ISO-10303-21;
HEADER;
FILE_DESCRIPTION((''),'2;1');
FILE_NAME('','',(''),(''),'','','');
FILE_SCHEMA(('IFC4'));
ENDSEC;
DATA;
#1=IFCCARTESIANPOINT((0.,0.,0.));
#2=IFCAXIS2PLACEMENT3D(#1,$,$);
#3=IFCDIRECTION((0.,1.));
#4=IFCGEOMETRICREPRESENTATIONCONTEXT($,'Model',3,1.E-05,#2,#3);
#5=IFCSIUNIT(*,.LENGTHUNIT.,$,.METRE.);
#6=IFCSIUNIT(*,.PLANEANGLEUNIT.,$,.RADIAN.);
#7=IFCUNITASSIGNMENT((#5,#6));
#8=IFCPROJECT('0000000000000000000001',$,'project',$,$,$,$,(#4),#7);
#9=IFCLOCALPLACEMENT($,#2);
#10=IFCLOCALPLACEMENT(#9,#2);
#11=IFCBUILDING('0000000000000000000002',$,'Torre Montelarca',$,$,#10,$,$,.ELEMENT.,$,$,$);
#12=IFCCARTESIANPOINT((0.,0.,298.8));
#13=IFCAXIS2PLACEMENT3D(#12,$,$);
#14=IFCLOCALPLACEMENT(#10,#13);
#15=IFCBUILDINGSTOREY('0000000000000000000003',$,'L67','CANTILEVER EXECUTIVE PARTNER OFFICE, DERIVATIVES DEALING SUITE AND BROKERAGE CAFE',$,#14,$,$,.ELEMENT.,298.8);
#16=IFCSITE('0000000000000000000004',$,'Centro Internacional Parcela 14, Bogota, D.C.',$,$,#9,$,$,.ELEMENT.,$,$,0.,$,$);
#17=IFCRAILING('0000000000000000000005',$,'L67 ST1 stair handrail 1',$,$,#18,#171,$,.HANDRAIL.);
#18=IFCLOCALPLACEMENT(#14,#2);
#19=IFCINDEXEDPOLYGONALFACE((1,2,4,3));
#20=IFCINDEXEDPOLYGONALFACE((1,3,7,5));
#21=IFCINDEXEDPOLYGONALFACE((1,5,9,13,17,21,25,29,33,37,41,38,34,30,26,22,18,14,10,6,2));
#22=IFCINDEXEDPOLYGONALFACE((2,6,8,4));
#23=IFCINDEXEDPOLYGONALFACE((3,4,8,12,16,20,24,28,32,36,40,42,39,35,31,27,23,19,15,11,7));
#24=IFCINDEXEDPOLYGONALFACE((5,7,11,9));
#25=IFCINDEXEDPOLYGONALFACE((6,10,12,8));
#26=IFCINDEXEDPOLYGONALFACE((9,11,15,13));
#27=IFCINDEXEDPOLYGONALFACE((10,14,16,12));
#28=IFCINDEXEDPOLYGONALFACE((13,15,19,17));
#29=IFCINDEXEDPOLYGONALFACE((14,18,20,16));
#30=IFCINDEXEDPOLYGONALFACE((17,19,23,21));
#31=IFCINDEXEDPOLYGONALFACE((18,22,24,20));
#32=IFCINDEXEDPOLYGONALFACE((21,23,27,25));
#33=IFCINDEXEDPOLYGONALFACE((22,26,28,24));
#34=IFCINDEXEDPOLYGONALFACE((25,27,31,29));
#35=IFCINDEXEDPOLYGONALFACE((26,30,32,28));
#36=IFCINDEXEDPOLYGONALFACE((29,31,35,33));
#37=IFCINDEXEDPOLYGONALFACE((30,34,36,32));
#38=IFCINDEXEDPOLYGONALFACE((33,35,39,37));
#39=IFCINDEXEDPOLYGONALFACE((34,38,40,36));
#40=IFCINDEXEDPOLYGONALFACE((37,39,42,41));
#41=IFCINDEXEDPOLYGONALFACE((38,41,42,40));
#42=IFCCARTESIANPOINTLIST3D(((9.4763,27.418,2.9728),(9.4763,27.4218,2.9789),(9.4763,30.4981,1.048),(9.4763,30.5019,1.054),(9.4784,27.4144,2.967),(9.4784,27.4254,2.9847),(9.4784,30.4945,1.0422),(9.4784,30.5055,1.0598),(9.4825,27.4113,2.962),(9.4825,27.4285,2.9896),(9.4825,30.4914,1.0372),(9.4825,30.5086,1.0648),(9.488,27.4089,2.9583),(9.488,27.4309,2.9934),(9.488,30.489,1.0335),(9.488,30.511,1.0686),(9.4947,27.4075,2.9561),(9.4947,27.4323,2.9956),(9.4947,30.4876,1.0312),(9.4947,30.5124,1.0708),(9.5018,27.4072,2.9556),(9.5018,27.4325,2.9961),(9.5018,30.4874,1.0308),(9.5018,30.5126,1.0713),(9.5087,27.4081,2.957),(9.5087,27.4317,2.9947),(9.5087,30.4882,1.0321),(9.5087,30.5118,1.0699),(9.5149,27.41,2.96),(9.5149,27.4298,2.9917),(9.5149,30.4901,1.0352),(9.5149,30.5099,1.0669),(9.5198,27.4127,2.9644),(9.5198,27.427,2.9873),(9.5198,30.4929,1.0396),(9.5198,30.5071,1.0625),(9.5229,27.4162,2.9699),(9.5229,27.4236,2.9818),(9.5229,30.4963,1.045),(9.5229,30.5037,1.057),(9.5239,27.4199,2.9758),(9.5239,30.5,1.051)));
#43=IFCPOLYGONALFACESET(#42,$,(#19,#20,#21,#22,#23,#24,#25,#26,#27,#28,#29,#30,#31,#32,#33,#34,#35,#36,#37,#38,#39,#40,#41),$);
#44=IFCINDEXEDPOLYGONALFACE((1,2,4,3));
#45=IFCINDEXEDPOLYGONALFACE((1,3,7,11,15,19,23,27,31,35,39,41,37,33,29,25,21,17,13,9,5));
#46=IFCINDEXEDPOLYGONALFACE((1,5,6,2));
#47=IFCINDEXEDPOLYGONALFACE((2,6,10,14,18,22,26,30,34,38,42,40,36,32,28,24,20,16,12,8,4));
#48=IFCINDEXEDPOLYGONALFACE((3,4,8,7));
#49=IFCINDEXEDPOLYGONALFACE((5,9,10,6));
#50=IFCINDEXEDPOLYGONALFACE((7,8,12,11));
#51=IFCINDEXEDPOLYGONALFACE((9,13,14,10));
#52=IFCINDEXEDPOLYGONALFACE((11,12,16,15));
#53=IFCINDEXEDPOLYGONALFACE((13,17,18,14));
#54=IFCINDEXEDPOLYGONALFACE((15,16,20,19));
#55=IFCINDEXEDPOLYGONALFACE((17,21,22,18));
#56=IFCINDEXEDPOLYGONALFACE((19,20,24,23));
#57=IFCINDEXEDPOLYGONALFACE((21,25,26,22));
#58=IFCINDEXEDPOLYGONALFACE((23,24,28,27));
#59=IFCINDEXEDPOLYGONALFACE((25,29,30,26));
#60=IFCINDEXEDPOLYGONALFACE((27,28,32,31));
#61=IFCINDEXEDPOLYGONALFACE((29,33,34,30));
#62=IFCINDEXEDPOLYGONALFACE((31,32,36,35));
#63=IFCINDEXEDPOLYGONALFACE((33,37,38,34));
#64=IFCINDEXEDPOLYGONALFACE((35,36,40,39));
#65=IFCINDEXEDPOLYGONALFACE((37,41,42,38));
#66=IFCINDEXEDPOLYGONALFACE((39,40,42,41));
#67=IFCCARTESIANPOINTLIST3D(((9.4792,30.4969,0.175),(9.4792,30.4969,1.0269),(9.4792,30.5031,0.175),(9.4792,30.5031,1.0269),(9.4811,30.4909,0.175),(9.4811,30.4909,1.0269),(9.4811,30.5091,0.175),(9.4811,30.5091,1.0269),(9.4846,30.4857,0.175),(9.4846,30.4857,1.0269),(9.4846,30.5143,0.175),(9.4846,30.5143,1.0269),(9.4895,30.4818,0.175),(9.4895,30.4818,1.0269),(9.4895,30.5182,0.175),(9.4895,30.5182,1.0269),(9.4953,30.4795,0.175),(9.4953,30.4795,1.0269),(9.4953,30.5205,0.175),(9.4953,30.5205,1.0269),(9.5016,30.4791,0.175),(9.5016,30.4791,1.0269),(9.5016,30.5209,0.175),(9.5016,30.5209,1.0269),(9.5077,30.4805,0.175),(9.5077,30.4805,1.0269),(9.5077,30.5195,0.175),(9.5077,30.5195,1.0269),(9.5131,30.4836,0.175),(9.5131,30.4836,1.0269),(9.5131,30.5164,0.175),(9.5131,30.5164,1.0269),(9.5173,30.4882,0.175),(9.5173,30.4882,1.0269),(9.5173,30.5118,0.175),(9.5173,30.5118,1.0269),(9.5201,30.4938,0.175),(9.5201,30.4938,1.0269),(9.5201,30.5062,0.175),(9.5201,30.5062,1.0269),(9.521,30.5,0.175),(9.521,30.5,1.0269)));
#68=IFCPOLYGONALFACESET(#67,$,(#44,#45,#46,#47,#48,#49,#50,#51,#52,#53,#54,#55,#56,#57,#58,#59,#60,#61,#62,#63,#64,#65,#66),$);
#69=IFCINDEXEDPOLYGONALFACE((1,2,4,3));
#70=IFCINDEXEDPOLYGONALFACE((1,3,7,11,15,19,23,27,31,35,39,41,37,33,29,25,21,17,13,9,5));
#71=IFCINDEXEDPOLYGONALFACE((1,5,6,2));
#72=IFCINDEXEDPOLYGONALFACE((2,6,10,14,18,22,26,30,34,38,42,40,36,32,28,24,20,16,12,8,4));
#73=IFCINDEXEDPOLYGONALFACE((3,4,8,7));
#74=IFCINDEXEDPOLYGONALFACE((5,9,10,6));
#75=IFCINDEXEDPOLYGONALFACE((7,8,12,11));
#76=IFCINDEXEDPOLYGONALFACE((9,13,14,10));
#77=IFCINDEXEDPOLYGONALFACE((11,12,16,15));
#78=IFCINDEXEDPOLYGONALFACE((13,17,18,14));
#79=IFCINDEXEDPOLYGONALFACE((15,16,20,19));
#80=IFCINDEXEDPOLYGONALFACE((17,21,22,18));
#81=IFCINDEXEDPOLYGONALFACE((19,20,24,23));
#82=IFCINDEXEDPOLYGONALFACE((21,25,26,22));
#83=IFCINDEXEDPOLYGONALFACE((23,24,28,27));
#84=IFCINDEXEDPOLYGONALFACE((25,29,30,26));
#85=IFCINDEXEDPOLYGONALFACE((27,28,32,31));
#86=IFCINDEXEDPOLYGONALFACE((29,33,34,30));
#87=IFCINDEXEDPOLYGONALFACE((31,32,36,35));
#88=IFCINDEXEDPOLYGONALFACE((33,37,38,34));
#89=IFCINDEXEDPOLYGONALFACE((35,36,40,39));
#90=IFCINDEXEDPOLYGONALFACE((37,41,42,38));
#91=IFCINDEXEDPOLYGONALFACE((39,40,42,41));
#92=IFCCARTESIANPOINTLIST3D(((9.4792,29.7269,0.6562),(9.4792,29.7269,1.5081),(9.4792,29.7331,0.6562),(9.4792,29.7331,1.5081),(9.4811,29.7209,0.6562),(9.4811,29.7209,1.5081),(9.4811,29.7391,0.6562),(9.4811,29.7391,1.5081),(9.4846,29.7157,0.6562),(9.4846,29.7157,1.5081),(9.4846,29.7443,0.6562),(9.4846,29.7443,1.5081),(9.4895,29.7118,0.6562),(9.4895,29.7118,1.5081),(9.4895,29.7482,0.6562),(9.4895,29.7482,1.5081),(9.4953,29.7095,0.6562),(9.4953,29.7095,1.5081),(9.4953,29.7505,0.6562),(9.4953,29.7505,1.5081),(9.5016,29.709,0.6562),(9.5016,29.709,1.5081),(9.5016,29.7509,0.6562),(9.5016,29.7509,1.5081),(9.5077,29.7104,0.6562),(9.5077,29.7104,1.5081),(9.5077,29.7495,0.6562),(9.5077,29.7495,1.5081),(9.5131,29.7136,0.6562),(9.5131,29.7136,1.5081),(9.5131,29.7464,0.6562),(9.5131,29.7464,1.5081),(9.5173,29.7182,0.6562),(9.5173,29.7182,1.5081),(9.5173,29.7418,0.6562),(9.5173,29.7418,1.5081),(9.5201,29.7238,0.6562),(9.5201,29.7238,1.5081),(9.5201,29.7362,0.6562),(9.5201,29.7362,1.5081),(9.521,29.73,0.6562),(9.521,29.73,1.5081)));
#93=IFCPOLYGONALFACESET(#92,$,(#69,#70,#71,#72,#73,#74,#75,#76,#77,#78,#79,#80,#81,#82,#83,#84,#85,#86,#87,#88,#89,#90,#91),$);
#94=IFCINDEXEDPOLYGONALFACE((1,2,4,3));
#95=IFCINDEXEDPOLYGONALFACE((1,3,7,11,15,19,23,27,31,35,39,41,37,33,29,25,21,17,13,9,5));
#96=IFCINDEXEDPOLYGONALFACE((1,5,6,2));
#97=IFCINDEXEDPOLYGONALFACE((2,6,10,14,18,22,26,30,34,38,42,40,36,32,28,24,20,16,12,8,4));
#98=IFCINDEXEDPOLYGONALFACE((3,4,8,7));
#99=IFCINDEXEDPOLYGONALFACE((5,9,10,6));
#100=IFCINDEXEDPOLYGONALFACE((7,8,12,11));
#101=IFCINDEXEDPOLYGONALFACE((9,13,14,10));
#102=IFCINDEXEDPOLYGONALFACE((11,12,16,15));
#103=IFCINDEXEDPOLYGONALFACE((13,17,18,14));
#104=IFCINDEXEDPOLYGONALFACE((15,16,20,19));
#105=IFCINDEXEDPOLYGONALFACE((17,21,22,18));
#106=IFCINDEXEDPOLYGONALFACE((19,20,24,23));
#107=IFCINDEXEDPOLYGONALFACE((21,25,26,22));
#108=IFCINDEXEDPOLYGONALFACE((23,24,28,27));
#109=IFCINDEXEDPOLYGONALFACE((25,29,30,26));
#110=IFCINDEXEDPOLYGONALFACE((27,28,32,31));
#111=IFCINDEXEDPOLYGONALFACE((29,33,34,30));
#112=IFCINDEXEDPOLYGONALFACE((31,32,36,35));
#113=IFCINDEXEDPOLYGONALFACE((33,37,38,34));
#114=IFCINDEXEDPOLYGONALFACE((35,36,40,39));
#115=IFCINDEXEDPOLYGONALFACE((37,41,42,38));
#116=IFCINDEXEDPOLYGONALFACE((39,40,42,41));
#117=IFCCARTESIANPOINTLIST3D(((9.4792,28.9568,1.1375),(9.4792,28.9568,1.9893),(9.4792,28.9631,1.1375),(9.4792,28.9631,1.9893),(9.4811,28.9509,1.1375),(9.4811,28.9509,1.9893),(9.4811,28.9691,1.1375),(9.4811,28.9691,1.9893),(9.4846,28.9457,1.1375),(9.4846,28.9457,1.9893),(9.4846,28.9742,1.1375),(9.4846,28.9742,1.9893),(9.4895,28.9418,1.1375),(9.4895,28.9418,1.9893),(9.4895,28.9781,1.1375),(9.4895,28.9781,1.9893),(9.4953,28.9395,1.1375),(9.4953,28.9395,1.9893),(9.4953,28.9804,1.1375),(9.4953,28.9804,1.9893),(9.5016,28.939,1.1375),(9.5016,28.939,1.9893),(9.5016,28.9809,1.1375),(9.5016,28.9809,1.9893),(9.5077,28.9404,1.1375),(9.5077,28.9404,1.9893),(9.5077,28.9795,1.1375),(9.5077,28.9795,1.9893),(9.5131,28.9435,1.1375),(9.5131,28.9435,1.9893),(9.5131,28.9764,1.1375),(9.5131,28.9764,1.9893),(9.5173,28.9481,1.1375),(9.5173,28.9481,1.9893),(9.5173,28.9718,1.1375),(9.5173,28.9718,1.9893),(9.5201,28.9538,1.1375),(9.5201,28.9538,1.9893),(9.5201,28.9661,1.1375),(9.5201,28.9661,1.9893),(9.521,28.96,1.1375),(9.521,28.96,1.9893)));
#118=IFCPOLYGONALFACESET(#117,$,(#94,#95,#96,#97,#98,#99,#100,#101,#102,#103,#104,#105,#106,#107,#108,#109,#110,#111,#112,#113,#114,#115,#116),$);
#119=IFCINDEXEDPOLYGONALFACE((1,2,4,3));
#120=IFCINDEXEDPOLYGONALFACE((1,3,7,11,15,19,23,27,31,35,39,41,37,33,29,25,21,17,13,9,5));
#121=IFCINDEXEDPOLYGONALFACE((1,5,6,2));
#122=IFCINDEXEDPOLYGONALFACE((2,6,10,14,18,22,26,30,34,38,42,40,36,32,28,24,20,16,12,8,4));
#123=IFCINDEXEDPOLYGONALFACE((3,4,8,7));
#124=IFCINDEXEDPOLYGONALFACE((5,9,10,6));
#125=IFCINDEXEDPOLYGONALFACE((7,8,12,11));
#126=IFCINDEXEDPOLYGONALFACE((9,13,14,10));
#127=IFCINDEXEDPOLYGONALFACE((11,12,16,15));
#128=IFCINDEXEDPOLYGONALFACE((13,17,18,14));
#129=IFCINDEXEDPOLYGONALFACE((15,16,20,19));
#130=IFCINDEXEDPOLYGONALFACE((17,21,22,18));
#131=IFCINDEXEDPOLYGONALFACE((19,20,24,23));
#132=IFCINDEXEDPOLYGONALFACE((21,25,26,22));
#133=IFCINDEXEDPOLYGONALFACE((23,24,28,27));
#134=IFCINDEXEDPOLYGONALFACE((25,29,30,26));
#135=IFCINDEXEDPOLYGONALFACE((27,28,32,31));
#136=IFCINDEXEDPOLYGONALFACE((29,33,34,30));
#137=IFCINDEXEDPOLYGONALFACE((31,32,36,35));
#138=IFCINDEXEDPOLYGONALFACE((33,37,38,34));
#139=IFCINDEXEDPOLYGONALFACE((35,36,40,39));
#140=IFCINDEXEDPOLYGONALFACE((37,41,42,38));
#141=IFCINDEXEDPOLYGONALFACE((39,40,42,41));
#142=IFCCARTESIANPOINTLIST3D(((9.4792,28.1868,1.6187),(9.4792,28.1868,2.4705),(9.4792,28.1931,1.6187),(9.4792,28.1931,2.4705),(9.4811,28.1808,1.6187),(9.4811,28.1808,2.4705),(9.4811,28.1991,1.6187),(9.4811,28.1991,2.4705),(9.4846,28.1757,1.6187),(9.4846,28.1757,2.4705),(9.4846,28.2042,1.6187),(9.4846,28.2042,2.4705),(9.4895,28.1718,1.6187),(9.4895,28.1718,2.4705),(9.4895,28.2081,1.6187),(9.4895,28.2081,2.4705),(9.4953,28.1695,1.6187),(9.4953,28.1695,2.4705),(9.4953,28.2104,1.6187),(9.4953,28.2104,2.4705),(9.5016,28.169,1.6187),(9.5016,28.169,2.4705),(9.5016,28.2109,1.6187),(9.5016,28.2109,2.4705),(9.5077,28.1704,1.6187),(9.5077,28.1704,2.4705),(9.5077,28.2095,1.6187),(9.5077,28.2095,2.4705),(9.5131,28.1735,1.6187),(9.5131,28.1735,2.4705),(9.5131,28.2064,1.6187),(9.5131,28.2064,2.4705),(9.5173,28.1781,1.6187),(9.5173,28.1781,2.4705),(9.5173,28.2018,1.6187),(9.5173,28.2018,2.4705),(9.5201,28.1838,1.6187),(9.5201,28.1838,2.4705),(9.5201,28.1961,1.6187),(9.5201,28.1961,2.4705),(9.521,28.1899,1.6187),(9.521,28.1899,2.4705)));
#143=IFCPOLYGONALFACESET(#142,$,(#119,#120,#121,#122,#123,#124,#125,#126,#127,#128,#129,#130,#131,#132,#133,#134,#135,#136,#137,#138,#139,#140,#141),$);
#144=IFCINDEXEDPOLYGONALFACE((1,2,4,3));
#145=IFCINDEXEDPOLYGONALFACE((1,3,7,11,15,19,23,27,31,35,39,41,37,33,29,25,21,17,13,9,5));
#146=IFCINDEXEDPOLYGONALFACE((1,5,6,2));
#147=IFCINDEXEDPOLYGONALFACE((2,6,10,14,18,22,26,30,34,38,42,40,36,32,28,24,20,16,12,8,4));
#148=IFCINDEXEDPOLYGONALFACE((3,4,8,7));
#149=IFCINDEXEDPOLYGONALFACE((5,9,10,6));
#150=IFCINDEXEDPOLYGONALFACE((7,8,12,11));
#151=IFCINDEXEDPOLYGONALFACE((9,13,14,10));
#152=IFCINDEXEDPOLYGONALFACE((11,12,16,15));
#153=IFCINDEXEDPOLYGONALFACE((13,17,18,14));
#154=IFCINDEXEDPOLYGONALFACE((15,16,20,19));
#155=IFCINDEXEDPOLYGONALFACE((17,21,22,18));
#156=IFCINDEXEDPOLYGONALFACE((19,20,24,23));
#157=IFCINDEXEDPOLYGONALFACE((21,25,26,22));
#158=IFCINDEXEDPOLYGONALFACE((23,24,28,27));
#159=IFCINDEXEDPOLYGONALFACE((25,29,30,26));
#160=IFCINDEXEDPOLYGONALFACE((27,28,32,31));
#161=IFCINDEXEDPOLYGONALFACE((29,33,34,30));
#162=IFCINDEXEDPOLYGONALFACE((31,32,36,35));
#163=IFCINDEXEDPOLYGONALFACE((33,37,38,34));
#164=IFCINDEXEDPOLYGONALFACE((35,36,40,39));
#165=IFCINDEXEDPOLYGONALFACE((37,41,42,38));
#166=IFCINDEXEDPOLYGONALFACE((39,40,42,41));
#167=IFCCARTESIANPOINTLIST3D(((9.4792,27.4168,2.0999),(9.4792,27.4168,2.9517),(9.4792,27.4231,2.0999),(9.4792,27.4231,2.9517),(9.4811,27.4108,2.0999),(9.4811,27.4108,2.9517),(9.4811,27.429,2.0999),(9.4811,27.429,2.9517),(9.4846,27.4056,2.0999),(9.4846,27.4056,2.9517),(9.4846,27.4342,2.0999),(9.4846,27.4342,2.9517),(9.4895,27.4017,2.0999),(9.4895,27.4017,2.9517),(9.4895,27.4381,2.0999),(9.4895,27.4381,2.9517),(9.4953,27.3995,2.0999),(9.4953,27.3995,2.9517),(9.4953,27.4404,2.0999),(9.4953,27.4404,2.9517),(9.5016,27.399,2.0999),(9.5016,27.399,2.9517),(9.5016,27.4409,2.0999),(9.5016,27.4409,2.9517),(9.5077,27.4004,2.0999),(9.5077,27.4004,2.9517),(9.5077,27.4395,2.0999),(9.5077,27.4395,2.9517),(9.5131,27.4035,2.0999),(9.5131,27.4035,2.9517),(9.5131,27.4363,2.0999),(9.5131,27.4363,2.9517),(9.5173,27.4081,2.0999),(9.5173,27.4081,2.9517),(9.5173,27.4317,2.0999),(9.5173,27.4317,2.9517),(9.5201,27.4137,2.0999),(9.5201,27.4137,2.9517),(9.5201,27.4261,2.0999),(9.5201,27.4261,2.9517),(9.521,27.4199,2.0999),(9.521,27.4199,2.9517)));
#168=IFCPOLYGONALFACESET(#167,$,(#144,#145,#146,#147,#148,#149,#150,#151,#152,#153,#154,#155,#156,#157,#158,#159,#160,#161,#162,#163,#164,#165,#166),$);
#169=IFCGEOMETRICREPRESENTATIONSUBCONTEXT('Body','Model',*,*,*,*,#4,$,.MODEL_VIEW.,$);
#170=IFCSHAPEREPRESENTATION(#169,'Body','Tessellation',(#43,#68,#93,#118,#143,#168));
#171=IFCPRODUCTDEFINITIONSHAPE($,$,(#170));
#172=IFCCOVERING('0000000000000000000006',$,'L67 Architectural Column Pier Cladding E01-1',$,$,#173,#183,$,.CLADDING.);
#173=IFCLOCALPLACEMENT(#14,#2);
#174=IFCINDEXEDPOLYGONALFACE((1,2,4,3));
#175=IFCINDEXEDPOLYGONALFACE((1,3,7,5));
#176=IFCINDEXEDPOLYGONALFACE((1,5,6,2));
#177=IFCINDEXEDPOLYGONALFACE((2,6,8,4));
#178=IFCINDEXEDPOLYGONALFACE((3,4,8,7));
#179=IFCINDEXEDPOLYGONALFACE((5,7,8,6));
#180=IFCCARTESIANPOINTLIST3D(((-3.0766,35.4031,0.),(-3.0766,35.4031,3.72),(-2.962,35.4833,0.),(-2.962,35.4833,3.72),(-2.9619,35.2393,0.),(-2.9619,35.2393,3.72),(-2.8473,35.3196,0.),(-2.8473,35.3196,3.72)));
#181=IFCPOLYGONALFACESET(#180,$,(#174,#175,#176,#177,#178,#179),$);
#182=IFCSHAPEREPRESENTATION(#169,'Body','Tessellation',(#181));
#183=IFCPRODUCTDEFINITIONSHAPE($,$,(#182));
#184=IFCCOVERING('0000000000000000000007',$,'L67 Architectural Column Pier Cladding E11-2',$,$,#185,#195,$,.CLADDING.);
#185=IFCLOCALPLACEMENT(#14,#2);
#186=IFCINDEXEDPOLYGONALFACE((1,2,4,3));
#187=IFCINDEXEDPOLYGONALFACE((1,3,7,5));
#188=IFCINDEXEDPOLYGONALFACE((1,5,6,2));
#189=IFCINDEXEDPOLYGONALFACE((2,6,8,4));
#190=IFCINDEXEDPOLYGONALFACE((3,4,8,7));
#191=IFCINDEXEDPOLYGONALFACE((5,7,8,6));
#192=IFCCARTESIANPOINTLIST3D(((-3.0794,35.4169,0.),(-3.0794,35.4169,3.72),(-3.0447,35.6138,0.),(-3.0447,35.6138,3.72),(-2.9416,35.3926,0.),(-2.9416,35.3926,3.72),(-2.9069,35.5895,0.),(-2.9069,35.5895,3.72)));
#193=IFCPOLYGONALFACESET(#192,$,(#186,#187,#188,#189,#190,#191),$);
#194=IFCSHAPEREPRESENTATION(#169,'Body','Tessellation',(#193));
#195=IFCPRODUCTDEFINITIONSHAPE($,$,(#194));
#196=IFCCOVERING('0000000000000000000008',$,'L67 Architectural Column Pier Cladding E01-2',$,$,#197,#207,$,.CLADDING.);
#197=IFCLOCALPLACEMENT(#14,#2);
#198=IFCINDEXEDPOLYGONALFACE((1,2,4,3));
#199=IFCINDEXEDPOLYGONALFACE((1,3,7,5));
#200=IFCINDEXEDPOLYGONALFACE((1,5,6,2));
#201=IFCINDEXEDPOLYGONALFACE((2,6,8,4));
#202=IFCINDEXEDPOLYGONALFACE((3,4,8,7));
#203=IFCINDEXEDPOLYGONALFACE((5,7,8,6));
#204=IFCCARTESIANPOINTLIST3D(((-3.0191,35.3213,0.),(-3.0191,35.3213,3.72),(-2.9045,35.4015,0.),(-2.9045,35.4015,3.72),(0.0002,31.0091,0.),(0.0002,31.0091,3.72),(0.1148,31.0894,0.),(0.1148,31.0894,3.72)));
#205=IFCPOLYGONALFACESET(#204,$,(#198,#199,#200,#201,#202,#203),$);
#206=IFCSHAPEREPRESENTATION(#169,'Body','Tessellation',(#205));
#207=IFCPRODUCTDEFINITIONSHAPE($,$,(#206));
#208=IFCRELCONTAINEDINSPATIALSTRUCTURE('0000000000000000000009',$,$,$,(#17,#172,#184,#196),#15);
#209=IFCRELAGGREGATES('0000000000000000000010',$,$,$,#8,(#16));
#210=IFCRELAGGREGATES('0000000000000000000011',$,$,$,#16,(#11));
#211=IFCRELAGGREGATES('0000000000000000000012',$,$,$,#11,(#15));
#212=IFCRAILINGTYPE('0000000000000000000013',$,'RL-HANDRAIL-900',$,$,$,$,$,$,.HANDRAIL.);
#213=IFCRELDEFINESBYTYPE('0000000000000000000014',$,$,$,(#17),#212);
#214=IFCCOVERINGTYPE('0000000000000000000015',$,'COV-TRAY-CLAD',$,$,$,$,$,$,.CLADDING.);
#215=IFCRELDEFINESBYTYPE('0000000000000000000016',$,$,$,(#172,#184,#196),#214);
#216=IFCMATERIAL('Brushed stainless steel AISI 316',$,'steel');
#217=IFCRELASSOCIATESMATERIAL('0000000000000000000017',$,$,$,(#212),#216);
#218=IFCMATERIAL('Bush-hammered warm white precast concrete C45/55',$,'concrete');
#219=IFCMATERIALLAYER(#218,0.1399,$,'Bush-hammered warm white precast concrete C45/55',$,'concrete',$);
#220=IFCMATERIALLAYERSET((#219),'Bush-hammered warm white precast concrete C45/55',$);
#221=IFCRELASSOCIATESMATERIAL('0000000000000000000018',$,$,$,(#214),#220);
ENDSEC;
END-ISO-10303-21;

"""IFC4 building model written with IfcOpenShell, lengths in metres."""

from ifc_helpers import new_model, si_unit, direction, frame, origin, origin_2d, place, context, subcontext, project, spatial, rectangle, circle, extrude, source, transform, mapped, material, layer, layer_set, type_object, element, save


model = new_model("IFC4")

# Units and contexts
model_context = context("Model", 3, precision=1e-05, world=origin(), true_north=direction((0.0, 1.0)))
body_context = subcontext(model_context, "Body", "Model", "MODEL_VIEW")
ifc_project = project(units=[si_unit("LENGTHUNIT", "METRE"), si_unit("PLANEANGLEUNIT", "RADIAN")], contexts=[model_context])

# Site, building, storey
site_placement = place(None, origin())
site = spatial("IfcSite", under=ifc_project, at=site_placement, Name="Centro Internacional Parcela 14, Bogota, D.C.", CompositionType="ELEMENT", RefElevation=0.0)
building_placement = place(site_placement, origin())
building = spatial("IfcBuilding", under=site, at=building_placement, Name="Torre Montelarca", CompositionType="ELEMENT")
storey_placement = place(building_placement, frame((0.0, 0.0, 298.8)))
storey = spatial("IfcBuildingStorey", under=building, at=storey_placement, Name="L67", Description="CANTILEVER EXECUTIVE PARTNER OFFICE, DERIVATIVES DEALING SUITE AND BROKERAGE CAFE", CompositionType="ELEMENT", Elevation=298.8)

# Shared definitions
ifc_material_1 = material(Name="Brushed stainless steel AISI 316", Category="steel")

# Railing
railing_type_1 = type_object("IfcRailingType", Name="RL-HANDRAIL-900", PredefinedType="HANDRAIL", material=ifc_material_1)
railing_1_placement = place(storey_placement, frame((9.5, 30.5, 0.175)))
element("IfcRailing", 1, at=railing_1_placement, inside=storey, type_object=railing_type_1, Name="L67 ST1 stair handrail 1", PredefinedType="HANDRAIL", context=body_context, shape_type="SweptSolid", body=[
    extrude(circle(Radius=0.0239, at=origin_2d()), frame((0.0, 0.0, 0.876), z_axis=(0.0, -0.848029, 0.529951), x_axis=(1.0, 0.0, 0.0)), (0.0, 0.0, 1.0), 3.6321),
    extrude(circle(Radius=0.021, at=origin_2d()), origin(), (0.0, 0.0, 1.0), 0.8518),
    extrude(circle(Radius=0.021, at=origin_2d()), frame((0.0, -0.77, 0.4812)), (0.0, 0.0, 1.0), 0.8518),
    extrude(circle(Radius=0.021, at=origin_2d()), frame((0.0, -1.54, 0.9624)), (0.0, 0.0, 1.0), 0.8518),
    extrude(circle(Radius=0.021, at=origin_2d()), frame((0.0, -2.3101, 1.4436)), (0.0, 0.0, 1.0), 0.8518),
    extrude(circle(Radius=0.021, at=origin_2d()), frame((0.0, -3.0801, 1.9248)), (0.0, 0.0, 1.0), 0.8518),
])

# Coverings
ifc_material_2 = material(Name="Bush-hammered warm white precast concrete C45/55", Category="concrete")
ifc_layer_1 = layer(ifc_material_2, 0.1399, Name="Bush-hammered warm white precast concrete C45/55", Category="concrete")
ifc_layer_set_1 = layer_set([ifc_layer_1], Name="Bush-hammered warm white precast concrete C45/55")
covering_type = type_object("IfcCoveringType", Name="COV-TRAY-CLAD", PredefinedType="CLADDING", material=ifc_layer_set_1)
shared_shape_1 = source(origin(), body_context, "Body", "SweptSolid", [
    extrude(rectangle(XDim=0.2, YDim=0.1399, at=origin_2d()), origin(), (0.0, 0.0, 1.0), 3.72),
])
for number, where, z_axis, x_axis, name in (
    (2, (-2.9619, 35.3613, 0.0), (0.0, 0.0, 1.0), (0.573572, -0.819155, 0.0), "L67 Architectural Column Pier Cladding E01-1"),
    (3, (-2.9932, 35.5032, 0.0), (0.0, 0.0, 1.0), (-0.173646, -0.984808, 0.0), "L67 Architectural Column Pier Cladding E11-2"),
):
    element("IfcCovering", number, at=place(storey_placement, frame(where, z_axis=z_axis, x_axis=x_axis)), inside=storey, type_object=covering_type, Name=name, PredefinedType="CLADDING", context=body_context, shape_type="MappedRepresentation", body=[
        mapped(shared_shape_1, transform((0.0, 0.0, 0.0), scale=1.0)),
    ])
shared_shape_2 = source(origin(), body_context, "Body", "SweptSolid", [
    extrude(rectangle(XDim=5.2642, YDim=0.1399, at=origin_2d()), origin(), (0.0, 0.0, 1.0), 3.72),
])
covering_placement = place(storey_placement, frame((-1.4521, 33.2053, 0.0), z_axis=(0.0, 0.0, 1.0), x_axis=(0.573572, -0.819155, 0.0)))
element("IfcCovering", 4, at=covering_placement, inside=storey, type_object=covering_type, Name="L67 Architectural Column Pier Cladding E01-2", PredefinedType="CLADDING", context=body_context, shape_type="MappedRepresentation", body=[
    mapped(shared_shape_2, transform((0.0, 0.0, 0.0), scale=1.0)),
])

save(model, "model.ifc")
